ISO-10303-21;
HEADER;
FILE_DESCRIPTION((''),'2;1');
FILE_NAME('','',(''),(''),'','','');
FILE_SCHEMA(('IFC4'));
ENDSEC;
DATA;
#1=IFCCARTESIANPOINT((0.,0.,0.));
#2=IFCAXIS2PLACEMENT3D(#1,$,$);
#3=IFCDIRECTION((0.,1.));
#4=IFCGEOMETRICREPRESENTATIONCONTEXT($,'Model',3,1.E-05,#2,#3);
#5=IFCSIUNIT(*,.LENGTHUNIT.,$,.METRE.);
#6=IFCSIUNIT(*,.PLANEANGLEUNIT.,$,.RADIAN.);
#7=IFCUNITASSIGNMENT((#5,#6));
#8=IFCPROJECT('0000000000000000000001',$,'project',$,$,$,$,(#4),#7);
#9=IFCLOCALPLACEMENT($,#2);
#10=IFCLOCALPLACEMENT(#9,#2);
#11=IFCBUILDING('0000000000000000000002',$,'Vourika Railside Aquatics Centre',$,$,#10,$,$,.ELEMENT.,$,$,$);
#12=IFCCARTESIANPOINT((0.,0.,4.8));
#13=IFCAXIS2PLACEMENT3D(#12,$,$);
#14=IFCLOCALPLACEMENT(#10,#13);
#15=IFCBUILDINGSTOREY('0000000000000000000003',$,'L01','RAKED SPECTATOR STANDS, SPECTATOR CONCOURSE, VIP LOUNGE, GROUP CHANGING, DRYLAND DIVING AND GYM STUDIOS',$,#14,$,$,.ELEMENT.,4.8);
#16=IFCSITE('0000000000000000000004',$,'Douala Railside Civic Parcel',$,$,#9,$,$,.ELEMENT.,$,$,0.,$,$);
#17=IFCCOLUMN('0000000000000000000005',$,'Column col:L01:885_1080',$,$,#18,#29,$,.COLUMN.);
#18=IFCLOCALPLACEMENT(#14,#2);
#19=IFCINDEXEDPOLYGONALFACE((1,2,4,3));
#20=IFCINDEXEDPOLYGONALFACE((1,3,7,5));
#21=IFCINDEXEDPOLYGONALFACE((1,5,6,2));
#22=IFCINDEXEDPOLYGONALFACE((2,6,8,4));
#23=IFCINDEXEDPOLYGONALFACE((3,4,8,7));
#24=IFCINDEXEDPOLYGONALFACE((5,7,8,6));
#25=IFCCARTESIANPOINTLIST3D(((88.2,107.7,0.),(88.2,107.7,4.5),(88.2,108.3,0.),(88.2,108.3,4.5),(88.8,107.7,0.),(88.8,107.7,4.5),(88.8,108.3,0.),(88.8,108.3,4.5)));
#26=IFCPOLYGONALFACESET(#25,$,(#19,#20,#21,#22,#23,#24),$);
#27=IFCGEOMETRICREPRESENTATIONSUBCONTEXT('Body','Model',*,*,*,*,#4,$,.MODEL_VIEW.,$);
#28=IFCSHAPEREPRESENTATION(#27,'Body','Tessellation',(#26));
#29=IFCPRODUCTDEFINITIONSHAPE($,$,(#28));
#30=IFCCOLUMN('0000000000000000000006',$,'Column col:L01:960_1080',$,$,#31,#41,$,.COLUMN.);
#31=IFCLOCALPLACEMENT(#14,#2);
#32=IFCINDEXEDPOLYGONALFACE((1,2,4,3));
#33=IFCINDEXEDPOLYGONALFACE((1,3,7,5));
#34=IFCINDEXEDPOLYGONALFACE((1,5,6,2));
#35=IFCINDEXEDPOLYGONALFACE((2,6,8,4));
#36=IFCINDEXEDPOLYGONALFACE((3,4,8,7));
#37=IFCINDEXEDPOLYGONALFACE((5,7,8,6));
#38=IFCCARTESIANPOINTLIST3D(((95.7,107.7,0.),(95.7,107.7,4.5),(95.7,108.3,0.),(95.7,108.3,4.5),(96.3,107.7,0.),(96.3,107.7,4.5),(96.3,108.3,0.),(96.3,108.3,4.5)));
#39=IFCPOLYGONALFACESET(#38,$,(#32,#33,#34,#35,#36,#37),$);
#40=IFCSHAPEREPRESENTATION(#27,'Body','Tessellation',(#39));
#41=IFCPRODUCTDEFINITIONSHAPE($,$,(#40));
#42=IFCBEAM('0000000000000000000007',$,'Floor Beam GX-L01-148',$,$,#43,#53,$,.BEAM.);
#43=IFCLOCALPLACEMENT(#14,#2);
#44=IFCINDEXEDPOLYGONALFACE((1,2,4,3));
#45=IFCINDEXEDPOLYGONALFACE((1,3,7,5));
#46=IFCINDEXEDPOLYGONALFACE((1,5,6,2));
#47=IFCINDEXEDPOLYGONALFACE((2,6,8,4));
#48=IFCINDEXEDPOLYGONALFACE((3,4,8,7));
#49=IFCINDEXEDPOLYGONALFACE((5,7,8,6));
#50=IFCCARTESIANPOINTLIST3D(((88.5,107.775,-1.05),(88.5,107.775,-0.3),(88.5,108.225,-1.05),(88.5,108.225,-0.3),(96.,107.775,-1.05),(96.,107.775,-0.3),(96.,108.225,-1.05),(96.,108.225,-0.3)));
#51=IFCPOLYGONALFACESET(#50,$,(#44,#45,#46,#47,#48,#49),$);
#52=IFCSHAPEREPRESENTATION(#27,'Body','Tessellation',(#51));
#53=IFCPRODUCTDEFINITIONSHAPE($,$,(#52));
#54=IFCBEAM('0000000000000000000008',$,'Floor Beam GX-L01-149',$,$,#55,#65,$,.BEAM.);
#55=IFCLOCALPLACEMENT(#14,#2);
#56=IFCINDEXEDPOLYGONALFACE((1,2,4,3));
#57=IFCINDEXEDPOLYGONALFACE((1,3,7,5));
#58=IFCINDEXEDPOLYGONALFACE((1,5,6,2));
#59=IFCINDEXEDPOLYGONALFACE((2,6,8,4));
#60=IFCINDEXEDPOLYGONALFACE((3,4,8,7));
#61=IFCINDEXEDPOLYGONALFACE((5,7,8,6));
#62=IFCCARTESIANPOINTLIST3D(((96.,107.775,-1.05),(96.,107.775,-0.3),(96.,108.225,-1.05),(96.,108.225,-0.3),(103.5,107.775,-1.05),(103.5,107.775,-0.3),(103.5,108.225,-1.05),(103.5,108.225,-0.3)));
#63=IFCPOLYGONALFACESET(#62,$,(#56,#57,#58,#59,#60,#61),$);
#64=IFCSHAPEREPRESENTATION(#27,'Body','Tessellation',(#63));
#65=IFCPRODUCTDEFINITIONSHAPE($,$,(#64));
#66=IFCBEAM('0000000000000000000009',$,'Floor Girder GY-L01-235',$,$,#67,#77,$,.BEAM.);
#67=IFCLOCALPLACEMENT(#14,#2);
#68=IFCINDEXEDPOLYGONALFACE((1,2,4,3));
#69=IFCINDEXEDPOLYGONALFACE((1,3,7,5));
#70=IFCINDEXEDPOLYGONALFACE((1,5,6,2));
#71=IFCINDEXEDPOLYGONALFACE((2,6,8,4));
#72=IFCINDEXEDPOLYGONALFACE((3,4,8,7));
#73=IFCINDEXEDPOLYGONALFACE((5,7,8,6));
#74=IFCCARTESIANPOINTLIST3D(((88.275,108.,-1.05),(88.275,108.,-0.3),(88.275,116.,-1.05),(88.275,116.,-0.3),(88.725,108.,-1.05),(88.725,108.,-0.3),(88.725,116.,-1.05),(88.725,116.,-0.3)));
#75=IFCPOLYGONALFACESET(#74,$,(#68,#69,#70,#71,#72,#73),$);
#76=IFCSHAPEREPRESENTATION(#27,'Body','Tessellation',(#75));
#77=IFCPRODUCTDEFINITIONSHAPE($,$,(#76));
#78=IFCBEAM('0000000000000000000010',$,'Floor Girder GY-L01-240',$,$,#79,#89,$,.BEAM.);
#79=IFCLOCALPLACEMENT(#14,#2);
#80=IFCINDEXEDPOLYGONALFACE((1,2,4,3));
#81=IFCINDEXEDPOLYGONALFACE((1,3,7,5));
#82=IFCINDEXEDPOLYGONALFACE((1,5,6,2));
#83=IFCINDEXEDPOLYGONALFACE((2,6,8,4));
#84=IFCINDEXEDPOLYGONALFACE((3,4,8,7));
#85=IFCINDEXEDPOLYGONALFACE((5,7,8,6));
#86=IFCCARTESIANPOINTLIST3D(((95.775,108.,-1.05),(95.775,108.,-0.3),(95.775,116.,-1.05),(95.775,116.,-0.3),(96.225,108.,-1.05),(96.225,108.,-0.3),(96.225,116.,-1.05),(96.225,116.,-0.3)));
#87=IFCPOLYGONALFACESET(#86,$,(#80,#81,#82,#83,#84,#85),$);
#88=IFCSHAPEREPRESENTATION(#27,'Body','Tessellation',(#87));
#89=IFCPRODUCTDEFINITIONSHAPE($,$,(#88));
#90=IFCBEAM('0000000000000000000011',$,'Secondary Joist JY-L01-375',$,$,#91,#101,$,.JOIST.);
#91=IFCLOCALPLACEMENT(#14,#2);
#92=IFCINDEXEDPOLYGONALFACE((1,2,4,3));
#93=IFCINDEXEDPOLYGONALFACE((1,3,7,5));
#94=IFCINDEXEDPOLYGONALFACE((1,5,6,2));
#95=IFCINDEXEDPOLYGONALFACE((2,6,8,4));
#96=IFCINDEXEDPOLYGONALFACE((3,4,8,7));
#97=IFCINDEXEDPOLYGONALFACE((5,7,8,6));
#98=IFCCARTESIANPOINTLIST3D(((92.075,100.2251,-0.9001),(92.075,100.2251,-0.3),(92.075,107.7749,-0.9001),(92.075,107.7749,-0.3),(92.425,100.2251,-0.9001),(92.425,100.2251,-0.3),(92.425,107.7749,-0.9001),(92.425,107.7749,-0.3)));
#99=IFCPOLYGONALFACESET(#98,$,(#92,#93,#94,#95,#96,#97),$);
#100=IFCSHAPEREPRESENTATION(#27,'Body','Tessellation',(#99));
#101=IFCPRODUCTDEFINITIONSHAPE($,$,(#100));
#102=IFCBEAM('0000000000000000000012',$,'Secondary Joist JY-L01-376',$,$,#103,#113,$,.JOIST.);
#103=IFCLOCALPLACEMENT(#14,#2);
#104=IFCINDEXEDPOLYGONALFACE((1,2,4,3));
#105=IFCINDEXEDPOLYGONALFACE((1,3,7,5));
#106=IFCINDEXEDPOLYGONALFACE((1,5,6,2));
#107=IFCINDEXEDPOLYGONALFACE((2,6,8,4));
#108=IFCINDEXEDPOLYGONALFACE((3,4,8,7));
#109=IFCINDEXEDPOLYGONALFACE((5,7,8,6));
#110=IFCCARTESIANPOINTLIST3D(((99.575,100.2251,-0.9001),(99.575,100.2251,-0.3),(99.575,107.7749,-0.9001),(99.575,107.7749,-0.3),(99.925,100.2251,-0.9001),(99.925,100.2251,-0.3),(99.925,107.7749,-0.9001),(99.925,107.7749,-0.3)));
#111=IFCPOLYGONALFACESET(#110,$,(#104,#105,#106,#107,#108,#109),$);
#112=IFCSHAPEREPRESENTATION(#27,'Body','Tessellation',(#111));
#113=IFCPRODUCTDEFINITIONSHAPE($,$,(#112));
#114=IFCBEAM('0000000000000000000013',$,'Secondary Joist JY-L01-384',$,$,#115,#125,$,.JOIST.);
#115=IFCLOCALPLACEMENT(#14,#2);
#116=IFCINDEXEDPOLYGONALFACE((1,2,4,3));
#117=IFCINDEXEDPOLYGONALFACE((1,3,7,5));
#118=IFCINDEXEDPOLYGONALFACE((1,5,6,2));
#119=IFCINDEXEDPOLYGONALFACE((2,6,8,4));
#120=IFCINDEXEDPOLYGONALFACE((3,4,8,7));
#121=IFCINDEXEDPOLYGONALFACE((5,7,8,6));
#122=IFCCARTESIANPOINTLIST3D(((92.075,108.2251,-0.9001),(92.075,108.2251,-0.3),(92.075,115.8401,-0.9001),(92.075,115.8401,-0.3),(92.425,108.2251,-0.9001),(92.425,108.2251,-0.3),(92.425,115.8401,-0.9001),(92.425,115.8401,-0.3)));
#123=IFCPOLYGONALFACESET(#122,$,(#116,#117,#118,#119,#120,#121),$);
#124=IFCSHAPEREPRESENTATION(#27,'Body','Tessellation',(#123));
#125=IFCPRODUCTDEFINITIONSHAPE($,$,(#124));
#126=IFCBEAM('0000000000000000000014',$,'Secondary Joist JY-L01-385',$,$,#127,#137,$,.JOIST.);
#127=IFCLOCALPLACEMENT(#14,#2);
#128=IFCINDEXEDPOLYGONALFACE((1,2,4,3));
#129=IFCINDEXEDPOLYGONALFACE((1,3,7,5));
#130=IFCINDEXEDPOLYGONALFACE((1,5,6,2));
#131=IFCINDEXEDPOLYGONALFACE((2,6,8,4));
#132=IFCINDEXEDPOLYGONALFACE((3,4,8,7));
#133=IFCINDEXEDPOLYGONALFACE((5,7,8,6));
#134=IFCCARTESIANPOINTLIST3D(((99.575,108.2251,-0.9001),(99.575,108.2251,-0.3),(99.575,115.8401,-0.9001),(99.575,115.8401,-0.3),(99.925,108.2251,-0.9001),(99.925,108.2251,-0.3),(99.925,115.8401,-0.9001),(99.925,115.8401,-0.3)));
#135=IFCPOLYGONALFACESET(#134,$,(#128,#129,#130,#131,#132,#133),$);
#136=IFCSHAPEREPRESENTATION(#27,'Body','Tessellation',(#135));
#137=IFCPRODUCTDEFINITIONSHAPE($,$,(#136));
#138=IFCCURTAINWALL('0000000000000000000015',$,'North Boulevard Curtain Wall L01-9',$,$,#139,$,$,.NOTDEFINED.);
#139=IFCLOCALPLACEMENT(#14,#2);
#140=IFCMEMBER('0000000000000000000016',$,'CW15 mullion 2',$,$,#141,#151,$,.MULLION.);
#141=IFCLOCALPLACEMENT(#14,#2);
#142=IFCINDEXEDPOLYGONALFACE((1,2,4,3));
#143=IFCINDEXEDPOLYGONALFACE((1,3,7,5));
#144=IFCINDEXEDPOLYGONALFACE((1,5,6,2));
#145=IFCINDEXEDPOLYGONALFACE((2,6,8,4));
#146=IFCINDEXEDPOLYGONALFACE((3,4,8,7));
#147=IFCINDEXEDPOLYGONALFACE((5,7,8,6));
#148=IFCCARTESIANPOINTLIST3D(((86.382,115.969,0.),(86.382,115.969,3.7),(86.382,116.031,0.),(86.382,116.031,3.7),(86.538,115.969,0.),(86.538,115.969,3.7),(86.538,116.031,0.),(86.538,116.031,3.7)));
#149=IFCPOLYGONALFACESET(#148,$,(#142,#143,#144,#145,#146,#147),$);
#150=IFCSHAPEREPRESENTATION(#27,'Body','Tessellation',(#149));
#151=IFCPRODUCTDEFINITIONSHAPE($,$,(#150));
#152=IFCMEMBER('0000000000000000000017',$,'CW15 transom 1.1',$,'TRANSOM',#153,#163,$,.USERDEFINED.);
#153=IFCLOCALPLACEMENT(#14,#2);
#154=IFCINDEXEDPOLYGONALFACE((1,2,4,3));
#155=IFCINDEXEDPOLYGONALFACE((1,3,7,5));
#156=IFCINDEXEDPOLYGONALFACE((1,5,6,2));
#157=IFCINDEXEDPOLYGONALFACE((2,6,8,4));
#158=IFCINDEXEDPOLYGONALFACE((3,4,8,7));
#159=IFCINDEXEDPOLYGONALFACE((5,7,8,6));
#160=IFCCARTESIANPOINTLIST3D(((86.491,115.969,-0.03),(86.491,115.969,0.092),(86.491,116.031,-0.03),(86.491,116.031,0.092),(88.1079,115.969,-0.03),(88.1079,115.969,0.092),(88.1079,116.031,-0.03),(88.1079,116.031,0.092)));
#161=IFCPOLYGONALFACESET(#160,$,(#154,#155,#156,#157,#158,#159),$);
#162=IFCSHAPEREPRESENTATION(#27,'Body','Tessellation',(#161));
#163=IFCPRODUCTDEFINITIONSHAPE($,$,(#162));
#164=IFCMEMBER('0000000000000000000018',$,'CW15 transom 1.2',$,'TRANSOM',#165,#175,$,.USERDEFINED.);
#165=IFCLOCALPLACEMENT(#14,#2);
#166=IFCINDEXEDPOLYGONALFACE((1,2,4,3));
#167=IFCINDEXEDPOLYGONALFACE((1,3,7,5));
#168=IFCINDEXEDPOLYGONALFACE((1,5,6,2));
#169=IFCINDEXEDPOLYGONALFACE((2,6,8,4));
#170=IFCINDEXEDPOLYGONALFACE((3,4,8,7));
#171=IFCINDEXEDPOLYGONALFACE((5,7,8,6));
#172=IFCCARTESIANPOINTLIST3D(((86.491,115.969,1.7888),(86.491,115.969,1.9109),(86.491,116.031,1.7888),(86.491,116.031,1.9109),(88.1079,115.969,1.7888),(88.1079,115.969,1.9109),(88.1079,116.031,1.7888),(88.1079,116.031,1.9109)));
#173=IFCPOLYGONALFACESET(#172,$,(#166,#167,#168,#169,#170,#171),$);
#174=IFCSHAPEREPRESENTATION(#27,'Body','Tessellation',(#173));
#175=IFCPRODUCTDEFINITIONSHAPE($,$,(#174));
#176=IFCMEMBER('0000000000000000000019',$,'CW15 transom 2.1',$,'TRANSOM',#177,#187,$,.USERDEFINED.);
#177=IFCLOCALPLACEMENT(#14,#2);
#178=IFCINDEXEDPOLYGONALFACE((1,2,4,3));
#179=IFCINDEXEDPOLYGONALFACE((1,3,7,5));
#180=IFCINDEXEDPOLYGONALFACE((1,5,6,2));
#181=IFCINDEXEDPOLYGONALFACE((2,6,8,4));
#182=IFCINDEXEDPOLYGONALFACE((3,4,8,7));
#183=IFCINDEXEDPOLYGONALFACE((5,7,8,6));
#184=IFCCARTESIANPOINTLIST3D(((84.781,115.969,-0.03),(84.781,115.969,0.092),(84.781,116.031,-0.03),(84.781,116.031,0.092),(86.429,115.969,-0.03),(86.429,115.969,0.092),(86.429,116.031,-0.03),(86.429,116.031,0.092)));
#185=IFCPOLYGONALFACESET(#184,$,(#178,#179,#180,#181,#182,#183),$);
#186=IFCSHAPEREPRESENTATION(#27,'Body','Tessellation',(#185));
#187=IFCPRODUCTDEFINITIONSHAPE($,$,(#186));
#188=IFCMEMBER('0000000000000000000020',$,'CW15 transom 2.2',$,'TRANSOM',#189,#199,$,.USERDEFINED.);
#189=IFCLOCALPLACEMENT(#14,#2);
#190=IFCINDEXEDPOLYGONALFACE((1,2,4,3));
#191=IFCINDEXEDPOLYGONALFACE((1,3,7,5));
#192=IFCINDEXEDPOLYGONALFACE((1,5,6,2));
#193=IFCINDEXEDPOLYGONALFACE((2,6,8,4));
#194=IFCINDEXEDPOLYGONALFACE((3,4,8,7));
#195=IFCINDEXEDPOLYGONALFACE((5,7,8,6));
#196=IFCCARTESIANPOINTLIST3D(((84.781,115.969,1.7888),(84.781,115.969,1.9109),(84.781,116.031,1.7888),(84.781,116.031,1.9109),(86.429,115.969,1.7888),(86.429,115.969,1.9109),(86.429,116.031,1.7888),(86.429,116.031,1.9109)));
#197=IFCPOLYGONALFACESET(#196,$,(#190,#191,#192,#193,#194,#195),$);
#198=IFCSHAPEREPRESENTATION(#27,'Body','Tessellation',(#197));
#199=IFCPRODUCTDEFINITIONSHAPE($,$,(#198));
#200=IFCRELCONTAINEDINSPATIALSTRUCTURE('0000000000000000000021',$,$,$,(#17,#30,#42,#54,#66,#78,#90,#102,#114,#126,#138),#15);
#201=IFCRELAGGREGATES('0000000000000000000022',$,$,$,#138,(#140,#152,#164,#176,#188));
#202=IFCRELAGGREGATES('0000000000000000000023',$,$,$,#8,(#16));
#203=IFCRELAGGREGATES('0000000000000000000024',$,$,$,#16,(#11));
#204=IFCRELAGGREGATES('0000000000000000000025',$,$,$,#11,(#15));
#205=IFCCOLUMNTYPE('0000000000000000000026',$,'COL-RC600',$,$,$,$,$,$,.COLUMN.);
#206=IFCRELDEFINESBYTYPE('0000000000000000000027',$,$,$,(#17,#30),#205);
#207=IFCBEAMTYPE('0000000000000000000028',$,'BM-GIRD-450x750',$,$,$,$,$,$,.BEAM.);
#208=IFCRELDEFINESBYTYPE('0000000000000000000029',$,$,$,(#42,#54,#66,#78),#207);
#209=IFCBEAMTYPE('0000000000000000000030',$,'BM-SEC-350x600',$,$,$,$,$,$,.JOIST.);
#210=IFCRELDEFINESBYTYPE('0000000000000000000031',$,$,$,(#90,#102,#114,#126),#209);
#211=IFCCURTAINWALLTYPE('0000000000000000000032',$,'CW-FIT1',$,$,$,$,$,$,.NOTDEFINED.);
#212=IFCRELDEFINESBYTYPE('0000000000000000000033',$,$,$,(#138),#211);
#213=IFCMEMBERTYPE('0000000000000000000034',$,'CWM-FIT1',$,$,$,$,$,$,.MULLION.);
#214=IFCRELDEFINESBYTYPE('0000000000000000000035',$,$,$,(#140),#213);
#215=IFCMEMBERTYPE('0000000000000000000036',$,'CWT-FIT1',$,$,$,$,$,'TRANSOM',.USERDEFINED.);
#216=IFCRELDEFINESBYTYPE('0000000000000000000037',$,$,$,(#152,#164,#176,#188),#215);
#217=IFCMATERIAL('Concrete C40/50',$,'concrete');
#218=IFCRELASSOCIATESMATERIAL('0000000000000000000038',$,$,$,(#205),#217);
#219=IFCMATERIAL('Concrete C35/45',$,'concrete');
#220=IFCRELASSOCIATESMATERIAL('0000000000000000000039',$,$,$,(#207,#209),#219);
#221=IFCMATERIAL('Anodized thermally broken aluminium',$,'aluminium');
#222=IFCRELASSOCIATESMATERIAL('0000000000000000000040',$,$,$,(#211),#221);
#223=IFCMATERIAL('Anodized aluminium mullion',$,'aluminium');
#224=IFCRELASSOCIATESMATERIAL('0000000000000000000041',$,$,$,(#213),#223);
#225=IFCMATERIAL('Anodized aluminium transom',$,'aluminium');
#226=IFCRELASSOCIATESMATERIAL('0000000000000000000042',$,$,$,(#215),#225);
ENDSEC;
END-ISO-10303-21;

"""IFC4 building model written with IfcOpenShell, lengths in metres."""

from ifc_helpers import new_model, si_unit, direction, frame, origin, origin_2d, place, context, subcontext, project, spatial, rectangle, extrude, material, material_profile, profile_set, type_object, element, aggregate, save


model = new_model("IFC4")

# Units and contexts
model_context = context("Model", 3, precision=1e-05, world=origin(), true_north=direction((0.0, 1.0)))
body_context = subcontext(model_context, "Body", "Model", "MODEL_VIEW")
ifc_project = project(units=[si_unit("LENGTHUNIT", "METRE"), si_unit("PLANEANGLEUNIT", "RADIAN")], contexts=[model_context])

# Site, building, storey
site_placement = place(None, origin())
site = spatial("IfcSite", under=ifc_project, at=site_placement, Name="Douala Railside Civic Parcel", CompositionType="ELEMENT", RefElevation=0.0)
building_placement = place(site_placement, origin())
building = spatial("IfcBuilding", under=site, at=building_placement, Name="Vourika Railside Aquatics Centre", CompositionType="ELEMENT")
storey_placement = place(building_placement, frame((0.0, 0.0, 4.8)))
storey = spatial("IfcBuildingStorey", under=building, at=storey_placement, Name="L01", Description="RAKED SPECTATOR STANDS, SPECTATOR CONCOURSE, VIP LOUNGE, GROUP CHANGING, DRYLAND DIVING AND GYM STUDIOS", CompositionType="ELEMENT", Elevation=4.8)

# Columns
ifc_material_1 = material(Name="Concrete C40/50", Category="concrete")
ifc_material_profile_1 = material_profile(ifc_material_1, rectangle(XDim=0.6001, YDim=0.6001, at=origin_2d()), Name="RC 600x600")
ifc_profile_set_1 = profile_set([ifc_material_profile_1], Name="Concrete C40/50")
column_type = type_object("IfcColumnType", Name="COL-RC600", PredefinedType="COLUMN", material=ifc_profile_set_1)
for number, where, z_axis, x_axis, name in (
    (1, (88.5, 108.0, 0.0), (0.0, 0.0, 1.0), (1.0, 0.0, 0.0), "Column col:L01:885_1080"),
    (2, (96.0, 108.0, 0.0), (0.0, 0.0, 1.0), (1.0, 0.0, 0.0), "Column col:L01:960_1080"),
):
    element("IfcColumn", number, at=place(storey_placement, frame(where, z_axis=z_axis, x_axis=x_axis)), inside=storey, type_object=column_type, Name=name, PredefinedType="COLUMN", context=body_context, shape_type="SweptSolid", body=[
        extrude(rectangle(XDim=0.6001, YDim=0.6001, at=origin_2d()), origin(), (0.0, 0.0, 1.0), 4.5),
    ])

# Beams
ifc_material_2 = material(Name="Concrete C35/45", Category="concrete")
ifc_material_profile_2 = material_profile(ifc_material_2, rectangle(XDim=0.45, YDim=0.75, at=origin_2d()), Name="RC 450x750")
ifc_profile_set_2 = profile_set([ifc_material_profile_2], Name="Concrete C35/45")
beam_type_1 = type_object("IfcBeamType", Name="BM-GIRD-450x750", PredefinedType="BEAM", material=ifc_profile_set_2)
for number, where, z_axis, x_axis, name in (
    (3, (88.5, 108.0, -0.675), (1.0, 0.0, 0.0), (0.0, 1.0, 0.0), "Floor Beam GX-L01-148"),
    (4, (96.0, 108.0, -0.675), (1.0, 0.0, 0.0), (0.0, 1.0, 0.0), "Floor Beam GX-L01-149"),
):
    element("IfcBeam", number, at=place(storey_placement, frame(where, z_axis=z_axis, x_axis=x_axis)), inside=storey, type_object=beam_type_1, Name=name, PredefinedType="BEAM", context=body_context, shape_type="SweptSolid", body=[
        extrude(rectangle(XDim=0.45, YDim=0.75, at=origin_2d()), origin(), (0.0, 0.0, 1.0), 7.5),
    ])
for number, where, z_axis, x_axis, name in (
    (5, (88.5, 108.0, -0.675), (0.0, 1.0, 0.0), (-1.0, 0.0, 0.0), "Floor Girder GY-L01-235"),
    (6, (96.0, 108.0, -0.675), (0.0, 1.0, 0.0), (-1.0, 0.0, 0.0), "Floor Girder GY-L01-240"),
):
    element("IfcBeam", number, at=place(storey_placement, frame(where, z_axis=z_axis, x_axis=x_axis)), inside=storey, type_object=beam_type_1, Name=name, PredefinedType="BEAM", context=body_context, shape_type="SweptSolid", body=[
        extrude(rectangle(XDim=0.45, YDim=0.75, at=origin_2d()), origin(), (0.0, 0.0, 1.0), 8.0),
    ])
ifc_material_profile_3 = material_profile(ifc_material_2, rectangle(XDim=0.3501, YDim=0.6001, at=origin_2d()), Name="RC 350x600")
ifc_profile_set_3 = profile_set([ifc_material_profile_3], Name="Concrete C35/45")
beam_type_2 = type_object("IfcBeamType", Name="BM-SEC-350x600", PredefinedType="JOIST", material=ifc_profile_set_3)
for number, where, z_axis, x_axis, name in (
    (7, (92.25, 100.2251, -0.6001), (0.0, 1.0, 0.0), (-1.0, 0.0, 0.0), "Secondary Joist JY-L01-375"),
    (8, (99.75, 100.2251, -0.6001), (0.0, 1.0, 0.0), (-1.0, 0.0, 0.0), "Secondary Joist JY-L01-376"),
):
    element("IfcBeam", number, at=place(storey_placement, frame(where, z_axis=z_axis, x_axis=x_axis)), inside=storey, type_object=beam_type_2, Name=name, PredefinedType="JOIST", context=body_context, shape_type="SweptSolid", body=[
        extrude(rectangle(XDim=0.3501, YDim=0.6001, at=origin_2d()), origin(), (0.0, 0.0, 1.0), 7.5498),
    ])
for number, where, z_axis, x_axis, name in (
    (9, (92.25, 108.2251, -0.6001), (0.0, 1.0, 0.0), (-1.0, 0.0, 0.0), "Secondary Joist JY-L01-384"),
    (10, (99.75, 108.2251, -0.6001), (0.0, 1.0, 0.0), (-1.0, 0.0, 0.0), "Secondary Joist JY-L01-385"),
):
    element("IfcBeam", number, at=place(storey_placement, frame(where, z_axis=z_axis, x_axis=x_axis)), inside=storey, type_object=beam_type_2, Name=name, PredefinedType="JOIST", context=body_context, shape_type="SweptSolid", body=[
        extrude(rectangle(XDim=0.3501, YDim=0.6001, at=origin_2d()), origin(), (0.0, 0.0, 1.0), 7.615),
    ])

# Curtain wall, members
ifc_material_3 = material(Name="Anodized thermally broken aluminium", Category="aluminium")
curtain_wall_type = type_object("IfcCurtainWallType", Name="CW-FIT1", PredefinedType="NOTDEFINED", material=ifc_material_3)
curtain_wall_placement = place(storey_placement, origin())
curtain_wall = element("IfcCurtainWall", 11, at=curtain_wall_placement, inside=storey, type_object=curtain_wall_type, Name="North Boulevard Curtain Wall L01-9", PredefinedType="NOTDEFINED")
ifc_material_4 = material(Name="Anodized aluminium mullion", Category="aluminium")
ifc_material_profile_4 = material_profile(ifc_material_4, rectangle(XDim=0.062, YDim=0.156, at=origin_2d()), Name="ALU-M 62x156")
ifc_profile_set_4 = profile_set([ifc_material_profile_4], Name="Anodized aluminium mullion")
member_type_1 = type_object("IfcMemberType", Name="CWM-FIT1", PredefinedType="MULLION", material=ifc_profile_set_4)
member_1_placement = place(storey_placement, frame((86.46, 116.0, 0.0), z_axis=(0.0, 0.0, 1.0), x_axis=(0.0, -1.0, 0.0)))
member_1 = element("IfcMember", 12, at=member_1_placement, type_object=member_type_1, Name="CW15 mullion 2", PredefinedType="MULLION", context=body_context, shape_type="SweptSolid", body=[
    extrude(rectangle(XDim=0.062, YDim=0.156, at=origin_2d()), origin(), (0.0, 0.0, 1.0), 3.7),
])
ifc_material_5 = material(Name="Anodized aluminium transom", Category="aluminium")
ifc_material_profile_5 = material_profile(ifc_material_5, rectangle(XDim=0.062, YDim=0.1221, at=origin_2d()), Name="ALU-T 62x122")
ifc_profile_set_5 = profile_set([ifc_material_profile_5], Name="Anodized aluminium transom")
member_type_2 = type_object("IfcMemberType", Name="CWT-FIT1", ElementType="TRANSOM", PredefinedType="USERDEFINED", material=ifc_profile_set_5)
member_2_placement = place(storey_placement, frame((88.1079, 116.0, 0.031), z_axis=(-1.0, 0.0, 0.0), x_axis=(0.0, -1.0, 0.0)))
member_2 = element("IfcMember", 13, at=member_2_placement, type_object=member_type_2, Name="CW15 transom 1.1", ObjectType="TRANSOM", PredefinedType="USERDEFINED", context=body_context, shape_type="SweptSolid", body=[
    extrude(rectangle(XDim=0.062, YDim=0.1221, at=origin_2d()), origin(), (0.0, 0.0, 1.0), 1.6169),
])
member_3_placement = place(storey_placement, frame((88.1079, 116.0, 1.8499), z_axis=(-1.0, 0.0, 0.0), x_axis=(0.0, -1.0, 0.0)))
member_3 = element("IfcMember", 14, at=member_3_placement, type_object=member_type_2, Name="CW15 transom 1.2", ObjectType="TRANSOM", PredefinedType="USERDEFINED", context=body_context, shape_type="SweptSolid", body=[
    extrude(rectangle(XDim=0.062, YDim=0.1221, at=origin_2d()), origin(), (0.0, 0.0, 1.0), 1.6169),
])
member_4_placement = place(storey_placement, frame((86.429, 116.0, 0.031), z_axis=(-1.0, 0.0, 0.0), x_axis=(0.0, -1.0, 0.0)))
member_4 = element("IfcMember", 15, at=member_4_placement, type_object=member_type_2, Name="CW15 transom 2.1", ObjectType="TRANSOM", PredefinedType="USERDEFINED", context=body_context, shape_type="SweptSolid", body=[
    extrude(rectangle(XDim=0.062, YDim=0.1221, at=origin_2d()), origin(), (0.0, 0.0, 1.0), 1.6479),
])
member_5_placement = place(storey_placement, frame((86.429, 116.0, 1.8499), z_axis=(-1.0, 0.0, 0.0), x_axis=(0.0, -1.0, 0.0)))
member_5 = element("IfcMember", 16, at=member_5_placement, type_object=member_type_2, Name="CW15 transom 2.2", ObjectType="TRANSOM", PredefinedType="USERDEFINED", context=body_context, shape_type="SweptSolid", body=[
    extrude(rectangle(XDim=0.062, YDim=0.1221, at=origin_2d()), origin(), (0.0, 0.0, 1.0), 1.6479),
])
aggregate(curtain_wall, [member_1, member_2, member_3, member_4, member_5])

save(model, "model.ifc")
